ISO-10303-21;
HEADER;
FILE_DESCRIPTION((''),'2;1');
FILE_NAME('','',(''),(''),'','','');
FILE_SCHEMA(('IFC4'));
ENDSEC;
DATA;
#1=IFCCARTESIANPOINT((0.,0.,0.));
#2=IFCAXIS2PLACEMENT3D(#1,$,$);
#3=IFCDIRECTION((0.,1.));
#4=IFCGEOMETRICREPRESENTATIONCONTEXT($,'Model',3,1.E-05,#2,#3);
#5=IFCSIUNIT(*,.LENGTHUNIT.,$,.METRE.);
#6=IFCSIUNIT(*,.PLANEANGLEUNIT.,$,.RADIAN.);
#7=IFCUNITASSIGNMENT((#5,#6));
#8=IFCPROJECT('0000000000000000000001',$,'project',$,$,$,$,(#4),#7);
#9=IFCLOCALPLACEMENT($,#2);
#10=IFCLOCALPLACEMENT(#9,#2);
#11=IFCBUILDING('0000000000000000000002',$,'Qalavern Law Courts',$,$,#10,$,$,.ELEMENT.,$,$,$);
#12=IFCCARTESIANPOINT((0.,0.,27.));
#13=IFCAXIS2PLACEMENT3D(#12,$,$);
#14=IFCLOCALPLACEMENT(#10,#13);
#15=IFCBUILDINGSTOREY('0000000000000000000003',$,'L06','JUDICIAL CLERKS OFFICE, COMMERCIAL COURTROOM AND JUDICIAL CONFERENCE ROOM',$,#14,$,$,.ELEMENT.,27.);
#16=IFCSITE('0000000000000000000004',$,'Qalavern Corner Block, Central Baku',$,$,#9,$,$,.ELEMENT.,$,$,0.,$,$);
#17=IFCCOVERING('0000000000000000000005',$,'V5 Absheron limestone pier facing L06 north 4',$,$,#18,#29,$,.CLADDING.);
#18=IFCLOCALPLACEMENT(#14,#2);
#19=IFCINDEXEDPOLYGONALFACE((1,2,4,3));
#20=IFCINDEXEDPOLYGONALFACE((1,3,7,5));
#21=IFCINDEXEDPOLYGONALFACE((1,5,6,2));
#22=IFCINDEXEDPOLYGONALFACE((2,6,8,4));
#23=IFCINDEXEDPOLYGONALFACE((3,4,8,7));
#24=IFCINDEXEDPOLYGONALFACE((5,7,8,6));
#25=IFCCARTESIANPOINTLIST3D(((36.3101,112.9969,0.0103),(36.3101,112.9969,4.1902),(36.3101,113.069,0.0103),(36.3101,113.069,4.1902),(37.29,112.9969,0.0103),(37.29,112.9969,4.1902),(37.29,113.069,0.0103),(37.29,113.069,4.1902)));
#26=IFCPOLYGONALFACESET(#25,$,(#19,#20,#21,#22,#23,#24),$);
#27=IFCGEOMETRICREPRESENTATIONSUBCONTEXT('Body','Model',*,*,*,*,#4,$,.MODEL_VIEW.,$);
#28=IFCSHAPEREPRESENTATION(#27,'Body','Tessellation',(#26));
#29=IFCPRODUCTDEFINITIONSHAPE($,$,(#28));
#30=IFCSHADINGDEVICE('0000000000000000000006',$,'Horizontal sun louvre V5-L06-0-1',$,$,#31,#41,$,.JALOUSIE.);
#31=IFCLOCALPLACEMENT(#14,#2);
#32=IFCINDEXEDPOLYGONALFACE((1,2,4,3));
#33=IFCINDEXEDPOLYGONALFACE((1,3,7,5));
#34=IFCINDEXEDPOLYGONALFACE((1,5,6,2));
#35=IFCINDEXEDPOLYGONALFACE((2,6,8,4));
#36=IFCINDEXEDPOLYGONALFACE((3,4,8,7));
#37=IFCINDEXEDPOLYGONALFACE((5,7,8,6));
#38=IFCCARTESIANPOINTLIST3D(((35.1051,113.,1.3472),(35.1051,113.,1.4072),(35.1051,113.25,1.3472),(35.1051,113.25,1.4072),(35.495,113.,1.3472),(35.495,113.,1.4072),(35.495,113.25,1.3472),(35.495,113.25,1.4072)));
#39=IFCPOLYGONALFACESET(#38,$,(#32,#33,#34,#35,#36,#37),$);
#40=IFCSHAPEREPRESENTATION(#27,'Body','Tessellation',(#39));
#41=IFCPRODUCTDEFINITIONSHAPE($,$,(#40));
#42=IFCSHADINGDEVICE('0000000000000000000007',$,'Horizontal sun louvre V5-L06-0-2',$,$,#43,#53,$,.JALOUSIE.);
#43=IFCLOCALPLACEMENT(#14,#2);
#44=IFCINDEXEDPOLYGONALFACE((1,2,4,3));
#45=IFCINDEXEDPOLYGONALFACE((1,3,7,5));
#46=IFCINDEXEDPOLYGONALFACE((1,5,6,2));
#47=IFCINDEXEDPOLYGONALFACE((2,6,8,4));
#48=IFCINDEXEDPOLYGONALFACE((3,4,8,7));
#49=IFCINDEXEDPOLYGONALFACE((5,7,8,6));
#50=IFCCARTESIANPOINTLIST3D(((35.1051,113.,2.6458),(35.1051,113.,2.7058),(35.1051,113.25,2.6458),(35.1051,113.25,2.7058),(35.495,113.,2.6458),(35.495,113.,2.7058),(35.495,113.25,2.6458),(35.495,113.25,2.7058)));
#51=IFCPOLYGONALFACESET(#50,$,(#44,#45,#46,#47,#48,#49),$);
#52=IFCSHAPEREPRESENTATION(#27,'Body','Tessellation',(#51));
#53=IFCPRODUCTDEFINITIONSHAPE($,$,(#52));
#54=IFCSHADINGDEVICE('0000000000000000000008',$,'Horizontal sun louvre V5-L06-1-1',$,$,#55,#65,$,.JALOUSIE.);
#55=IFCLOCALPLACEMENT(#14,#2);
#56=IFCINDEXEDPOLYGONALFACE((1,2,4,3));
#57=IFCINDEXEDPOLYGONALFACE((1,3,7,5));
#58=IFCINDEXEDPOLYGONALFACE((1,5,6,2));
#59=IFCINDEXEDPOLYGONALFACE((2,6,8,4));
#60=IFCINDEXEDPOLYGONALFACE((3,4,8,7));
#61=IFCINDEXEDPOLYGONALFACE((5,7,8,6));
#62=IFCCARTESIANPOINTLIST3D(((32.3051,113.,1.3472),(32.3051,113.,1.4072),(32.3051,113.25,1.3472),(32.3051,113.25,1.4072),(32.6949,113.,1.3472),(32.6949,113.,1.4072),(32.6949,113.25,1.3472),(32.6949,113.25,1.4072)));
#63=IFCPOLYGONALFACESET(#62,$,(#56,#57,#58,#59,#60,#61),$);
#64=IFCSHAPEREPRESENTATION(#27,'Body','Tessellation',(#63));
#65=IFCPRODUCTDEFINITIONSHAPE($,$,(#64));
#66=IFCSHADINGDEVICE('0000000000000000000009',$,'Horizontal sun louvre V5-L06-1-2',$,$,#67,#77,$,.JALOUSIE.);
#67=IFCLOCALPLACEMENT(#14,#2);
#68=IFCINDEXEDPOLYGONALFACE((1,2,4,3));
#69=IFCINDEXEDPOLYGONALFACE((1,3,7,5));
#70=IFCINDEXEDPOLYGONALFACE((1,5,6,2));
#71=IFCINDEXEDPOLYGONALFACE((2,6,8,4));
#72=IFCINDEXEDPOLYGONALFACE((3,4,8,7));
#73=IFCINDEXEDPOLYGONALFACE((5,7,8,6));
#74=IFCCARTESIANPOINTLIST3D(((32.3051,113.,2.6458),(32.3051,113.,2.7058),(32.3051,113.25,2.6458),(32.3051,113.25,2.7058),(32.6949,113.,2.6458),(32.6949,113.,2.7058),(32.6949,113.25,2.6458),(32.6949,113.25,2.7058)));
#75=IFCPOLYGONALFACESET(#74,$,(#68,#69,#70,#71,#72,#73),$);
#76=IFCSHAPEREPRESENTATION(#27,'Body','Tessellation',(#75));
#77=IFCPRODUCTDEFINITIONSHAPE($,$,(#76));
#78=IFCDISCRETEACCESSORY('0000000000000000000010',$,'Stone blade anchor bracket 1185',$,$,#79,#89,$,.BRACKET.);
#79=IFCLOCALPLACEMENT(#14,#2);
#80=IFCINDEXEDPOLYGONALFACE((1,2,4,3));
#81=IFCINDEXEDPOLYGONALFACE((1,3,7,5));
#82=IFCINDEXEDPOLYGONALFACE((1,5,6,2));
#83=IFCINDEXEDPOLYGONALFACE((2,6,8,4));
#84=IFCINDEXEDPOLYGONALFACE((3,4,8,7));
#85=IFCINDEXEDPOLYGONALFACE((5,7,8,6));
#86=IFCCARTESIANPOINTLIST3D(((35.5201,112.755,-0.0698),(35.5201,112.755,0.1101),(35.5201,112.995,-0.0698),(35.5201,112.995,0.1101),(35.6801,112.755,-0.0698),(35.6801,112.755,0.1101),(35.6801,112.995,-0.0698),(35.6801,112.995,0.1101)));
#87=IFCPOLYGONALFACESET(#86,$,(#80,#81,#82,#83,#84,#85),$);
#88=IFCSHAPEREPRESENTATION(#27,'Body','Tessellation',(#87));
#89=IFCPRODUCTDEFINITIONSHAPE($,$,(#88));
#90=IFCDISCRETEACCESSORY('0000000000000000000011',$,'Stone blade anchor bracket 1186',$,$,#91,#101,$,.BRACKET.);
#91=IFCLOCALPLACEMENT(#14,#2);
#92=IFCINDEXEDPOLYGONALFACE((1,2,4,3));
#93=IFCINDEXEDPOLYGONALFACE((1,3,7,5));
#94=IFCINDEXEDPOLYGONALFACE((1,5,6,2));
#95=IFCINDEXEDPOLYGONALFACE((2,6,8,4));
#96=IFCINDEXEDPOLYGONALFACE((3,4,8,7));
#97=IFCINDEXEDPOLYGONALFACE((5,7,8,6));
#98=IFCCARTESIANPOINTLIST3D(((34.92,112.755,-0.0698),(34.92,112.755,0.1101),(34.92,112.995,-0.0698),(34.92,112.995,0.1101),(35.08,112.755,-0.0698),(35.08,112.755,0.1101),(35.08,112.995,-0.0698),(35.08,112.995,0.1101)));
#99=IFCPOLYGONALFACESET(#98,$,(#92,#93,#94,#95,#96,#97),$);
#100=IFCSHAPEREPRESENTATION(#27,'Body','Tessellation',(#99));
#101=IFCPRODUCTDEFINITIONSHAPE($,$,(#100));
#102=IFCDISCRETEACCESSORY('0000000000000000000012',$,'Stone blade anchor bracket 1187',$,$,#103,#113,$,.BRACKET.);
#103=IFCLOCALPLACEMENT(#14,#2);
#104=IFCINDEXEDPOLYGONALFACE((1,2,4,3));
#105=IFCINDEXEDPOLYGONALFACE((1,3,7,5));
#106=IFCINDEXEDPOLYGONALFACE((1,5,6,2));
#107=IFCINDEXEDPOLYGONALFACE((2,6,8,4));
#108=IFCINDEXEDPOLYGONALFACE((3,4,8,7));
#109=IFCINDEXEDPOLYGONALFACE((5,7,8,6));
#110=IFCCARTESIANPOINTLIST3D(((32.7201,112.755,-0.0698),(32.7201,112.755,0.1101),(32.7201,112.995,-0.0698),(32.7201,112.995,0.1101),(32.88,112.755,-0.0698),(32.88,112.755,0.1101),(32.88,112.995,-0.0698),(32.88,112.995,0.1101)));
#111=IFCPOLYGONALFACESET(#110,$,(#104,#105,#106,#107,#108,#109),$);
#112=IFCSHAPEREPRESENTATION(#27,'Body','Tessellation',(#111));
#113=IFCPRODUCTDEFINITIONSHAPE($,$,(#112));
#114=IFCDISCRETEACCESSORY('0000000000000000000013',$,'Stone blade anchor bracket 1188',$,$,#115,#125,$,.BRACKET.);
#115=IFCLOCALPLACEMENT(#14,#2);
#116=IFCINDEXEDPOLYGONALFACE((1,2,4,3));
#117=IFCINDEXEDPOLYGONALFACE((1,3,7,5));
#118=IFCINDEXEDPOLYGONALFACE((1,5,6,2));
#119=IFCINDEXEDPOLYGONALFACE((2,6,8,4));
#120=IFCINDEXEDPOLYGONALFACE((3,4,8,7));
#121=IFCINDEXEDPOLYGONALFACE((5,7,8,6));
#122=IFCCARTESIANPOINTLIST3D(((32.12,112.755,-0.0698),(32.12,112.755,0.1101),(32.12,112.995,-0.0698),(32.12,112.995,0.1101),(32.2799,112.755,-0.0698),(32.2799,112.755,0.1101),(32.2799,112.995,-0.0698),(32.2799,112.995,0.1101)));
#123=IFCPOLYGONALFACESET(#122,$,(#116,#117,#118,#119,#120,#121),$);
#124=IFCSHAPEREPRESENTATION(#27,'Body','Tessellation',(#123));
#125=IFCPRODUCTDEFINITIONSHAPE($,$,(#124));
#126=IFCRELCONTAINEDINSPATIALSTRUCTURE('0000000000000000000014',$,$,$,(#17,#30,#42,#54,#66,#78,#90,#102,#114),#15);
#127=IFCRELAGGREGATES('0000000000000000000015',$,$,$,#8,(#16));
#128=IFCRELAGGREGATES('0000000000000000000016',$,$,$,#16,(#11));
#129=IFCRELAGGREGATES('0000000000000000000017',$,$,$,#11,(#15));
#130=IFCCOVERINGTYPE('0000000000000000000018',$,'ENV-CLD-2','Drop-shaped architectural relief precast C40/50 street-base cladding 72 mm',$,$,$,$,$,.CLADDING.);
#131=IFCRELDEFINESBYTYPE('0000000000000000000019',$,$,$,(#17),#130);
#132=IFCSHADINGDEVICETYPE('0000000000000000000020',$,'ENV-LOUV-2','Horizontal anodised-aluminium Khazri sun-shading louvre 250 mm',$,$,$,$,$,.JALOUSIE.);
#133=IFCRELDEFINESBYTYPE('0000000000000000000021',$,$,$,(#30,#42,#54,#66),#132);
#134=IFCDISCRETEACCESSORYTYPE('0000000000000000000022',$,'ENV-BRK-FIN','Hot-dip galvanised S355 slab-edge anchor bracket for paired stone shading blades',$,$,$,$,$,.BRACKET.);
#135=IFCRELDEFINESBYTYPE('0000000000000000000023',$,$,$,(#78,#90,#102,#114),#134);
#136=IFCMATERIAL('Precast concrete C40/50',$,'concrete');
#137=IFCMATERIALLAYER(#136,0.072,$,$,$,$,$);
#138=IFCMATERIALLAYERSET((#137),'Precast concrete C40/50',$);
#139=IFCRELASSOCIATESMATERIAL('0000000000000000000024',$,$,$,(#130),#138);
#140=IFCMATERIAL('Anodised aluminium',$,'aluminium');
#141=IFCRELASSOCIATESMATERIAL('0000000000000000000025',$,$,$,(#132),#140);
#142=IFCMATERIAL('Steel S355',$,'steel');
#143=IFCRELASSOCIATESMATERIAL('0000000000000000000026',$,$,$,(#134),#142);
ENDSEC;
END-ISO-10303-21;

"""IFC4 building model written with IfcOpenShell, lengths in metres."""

from ifc_helpers import new_model, si_unit, direction, frame, origin, origin_2d, place, context, subcontext, project, spatial, rectangle, extrude, material, layer, layer_set, type_object, element, save


model = new_model("IFC4")

# Units and contexts
model_context = context("Model", 3, precision=1e-05, world=origin(), true_north=direction((0.0, 1.0)))
body_context = subcontext(model_context, "Body", "Model", "MODEL_VIEW")
ifc_project = project(units=[si_unit("LENGTHUNIT", "METRE"), si_unit("PLANEANGLEUNIT", "RADIAN")], contexts=[model_context])

# Site, building, storey
site_placement = place(None, origin())
site = spatial("IfcSite", under=ifc_project, at=site_placement, Name="Qalavern Corner Block, Central Baku", CompositionType="ELEMENT", RefElevation=0.0)
building_placement = place(site_placement, origin())
building = spatial("IfcBuilding", under=site, at=building_placement, Name="Qalavern Law Courts", CompositionType="ELEMENT")
storey_placement = place(building_placement, frame((0.0, 0.0, 27.0)))
storey = spatial("IfcBuildingStorey", under=building, at=storey_placement, Name="L06", Description="JUDICIAL CLERKS OFFICE, COMMERCIAL COURTROOM AND JUDICIAL CONFERENCE ROOM", CompositionType="ELEMENT", Elevation=27.0)

# Shared definitions
ifc_material_1 = material(Name="Anodised aluminium", Category="aluminium")

# Covering
ifc_material_2 = material(Name="Precast concrete C40/50", Category="concrete")
ifc_layer_1 = layer(ifc_material_2, 0.072)
ifc_layer_set_1 = layer_set([ifc_layer_1], Name="Precast concrete C40/50")
covering_type_1 = type_object("IfcCoveringType", Name="ENV-CLD-2", Description="Drop-shaped architectural relief precast C40/50 street-base cladding 72 mm", PredefinedType="CLADDING", material=ifc_layer_set_1)
covering_placement = place(storey_placement, frame((36.8, 113.033, 0.0103), z_axis=(0.0, 0.0, 1.0), x_axis=(-1.0, 0.0, 0.0)))
element("IfcCovering", 1, at=covering_placement, inside=storey, type_object=covering_type_1, Name="V5 Absheron limestone pier facing L06 north 4", PredefinedType="CLADDING", context=body_context, shape_type="SweptSolid", body=[
    extrude(rectangle(XDim=0.98, YDim=0.072, at=origin_2d()), origin(), (0.0, 0.0, 1.0), 4.1799),
])

# Shading devices
shading_device_type = type_object("IfcShadingDeviceType", Name="ENV-LOUV-2", Description="Horizontal anodised-aluminium Khazri sun-shading louvre 250 mm", PredefinedType="JALOUSIE", material=ifc_material_1)
for number, where, z_axis, x_axis, name in (
    (2, (35.3, 113.125, 1.3472), (0.0, 0.0, 1.0), (-1.0, 0.0, 0.0), "Horizontal sun louvre V5-L06-0-1"),
    (3, (35.3, 113.125, 2.6458), (0.0, 0.0, 1.0), (-1.0, 0.0, 0.0), "Horizontal sun louvre V5-L06-0-2"),
    (4, (32.5, 113.125, 1.3472), (0.0, 0.0, 1.0), (-1.0, 0.0, 0.0), "Horizontal sun louvre V5-L06-1-1"),
    (5, (32.5, 113.125, 2.6458), (0.0, 0.0, 1.0), (-1.0, 0.0, 0.0), "Horizontal sun louvre V5-L06-1-2"),
):
    element("IfcShadingDevice", number, at=place(storey_placement, frame(where, z_axis=z_axis, x_axis=x_axis)), inside=storey, type_object=shading_device_type, Name=name, PredefinedType="JALOUSIE", context=body_context, shape_type="SweptSolid", body=[
        extrude(rectangle(XDim=0.3899, YDim=0.25, at=origin_2d()), origin(), (0.0, 0.0, 1.0), 0.0601),
    ])

# Discrete accessories
ifc_material_3 = material(Name="Steel S355", Category="steel")
discrete_accessory_type = type_object("IfcDiscreteAccessoryType", Name="ENV-BRK-FIN", Description="Hot-dip galvanised S355 slab-edge anchor bracket for paired stone shading blades", PredefinedType="BRACKET", material=ifc_material_3)
for number, where, z_axis, x_axis, name in (
    (6, (35.6001, 112.875, -0.0698), (0.0, 0.0, 1.0), (0.0, 1.0, 0.0), "Stone blade anchor bracket 1185"),
    (7, (35.0, 112.875, -0.0698), (0.0, 0.0, 1.0), (0.0, 1.0, 0.0), "Stone blade anchor bracket 1186"),
    (8, (32.8, 112.875, -0.0698), (0.0, 0.0, 1.0), (0.0, 1.0, 0.0), "Stone blade anchor bracket 1187"),
    (9, (32.2, 112.875, -0.0698), (0.0, 0.0, 1.0), (0.0, 1.0, 0.0), "Stone blade anchor bracket 1188"),
):
    element("IfcDiscreteAccessory", number, at=place(storey_placement, frame(where, z_axis=z_axis, x_axis=x_axis)), inside=storey, type_object=discrete_accessory_type, Name=name, PredefinedType="BRACKET", context=body_context, shape_type="SweptSolid", body=[
        extrude(rectangle(XDim=0.24, YDim=0.1599, at=origin_2d()), origin(), (0.0, 0.0, 1.0), 0.1799),
    ])

save(model, "model.ifc")
